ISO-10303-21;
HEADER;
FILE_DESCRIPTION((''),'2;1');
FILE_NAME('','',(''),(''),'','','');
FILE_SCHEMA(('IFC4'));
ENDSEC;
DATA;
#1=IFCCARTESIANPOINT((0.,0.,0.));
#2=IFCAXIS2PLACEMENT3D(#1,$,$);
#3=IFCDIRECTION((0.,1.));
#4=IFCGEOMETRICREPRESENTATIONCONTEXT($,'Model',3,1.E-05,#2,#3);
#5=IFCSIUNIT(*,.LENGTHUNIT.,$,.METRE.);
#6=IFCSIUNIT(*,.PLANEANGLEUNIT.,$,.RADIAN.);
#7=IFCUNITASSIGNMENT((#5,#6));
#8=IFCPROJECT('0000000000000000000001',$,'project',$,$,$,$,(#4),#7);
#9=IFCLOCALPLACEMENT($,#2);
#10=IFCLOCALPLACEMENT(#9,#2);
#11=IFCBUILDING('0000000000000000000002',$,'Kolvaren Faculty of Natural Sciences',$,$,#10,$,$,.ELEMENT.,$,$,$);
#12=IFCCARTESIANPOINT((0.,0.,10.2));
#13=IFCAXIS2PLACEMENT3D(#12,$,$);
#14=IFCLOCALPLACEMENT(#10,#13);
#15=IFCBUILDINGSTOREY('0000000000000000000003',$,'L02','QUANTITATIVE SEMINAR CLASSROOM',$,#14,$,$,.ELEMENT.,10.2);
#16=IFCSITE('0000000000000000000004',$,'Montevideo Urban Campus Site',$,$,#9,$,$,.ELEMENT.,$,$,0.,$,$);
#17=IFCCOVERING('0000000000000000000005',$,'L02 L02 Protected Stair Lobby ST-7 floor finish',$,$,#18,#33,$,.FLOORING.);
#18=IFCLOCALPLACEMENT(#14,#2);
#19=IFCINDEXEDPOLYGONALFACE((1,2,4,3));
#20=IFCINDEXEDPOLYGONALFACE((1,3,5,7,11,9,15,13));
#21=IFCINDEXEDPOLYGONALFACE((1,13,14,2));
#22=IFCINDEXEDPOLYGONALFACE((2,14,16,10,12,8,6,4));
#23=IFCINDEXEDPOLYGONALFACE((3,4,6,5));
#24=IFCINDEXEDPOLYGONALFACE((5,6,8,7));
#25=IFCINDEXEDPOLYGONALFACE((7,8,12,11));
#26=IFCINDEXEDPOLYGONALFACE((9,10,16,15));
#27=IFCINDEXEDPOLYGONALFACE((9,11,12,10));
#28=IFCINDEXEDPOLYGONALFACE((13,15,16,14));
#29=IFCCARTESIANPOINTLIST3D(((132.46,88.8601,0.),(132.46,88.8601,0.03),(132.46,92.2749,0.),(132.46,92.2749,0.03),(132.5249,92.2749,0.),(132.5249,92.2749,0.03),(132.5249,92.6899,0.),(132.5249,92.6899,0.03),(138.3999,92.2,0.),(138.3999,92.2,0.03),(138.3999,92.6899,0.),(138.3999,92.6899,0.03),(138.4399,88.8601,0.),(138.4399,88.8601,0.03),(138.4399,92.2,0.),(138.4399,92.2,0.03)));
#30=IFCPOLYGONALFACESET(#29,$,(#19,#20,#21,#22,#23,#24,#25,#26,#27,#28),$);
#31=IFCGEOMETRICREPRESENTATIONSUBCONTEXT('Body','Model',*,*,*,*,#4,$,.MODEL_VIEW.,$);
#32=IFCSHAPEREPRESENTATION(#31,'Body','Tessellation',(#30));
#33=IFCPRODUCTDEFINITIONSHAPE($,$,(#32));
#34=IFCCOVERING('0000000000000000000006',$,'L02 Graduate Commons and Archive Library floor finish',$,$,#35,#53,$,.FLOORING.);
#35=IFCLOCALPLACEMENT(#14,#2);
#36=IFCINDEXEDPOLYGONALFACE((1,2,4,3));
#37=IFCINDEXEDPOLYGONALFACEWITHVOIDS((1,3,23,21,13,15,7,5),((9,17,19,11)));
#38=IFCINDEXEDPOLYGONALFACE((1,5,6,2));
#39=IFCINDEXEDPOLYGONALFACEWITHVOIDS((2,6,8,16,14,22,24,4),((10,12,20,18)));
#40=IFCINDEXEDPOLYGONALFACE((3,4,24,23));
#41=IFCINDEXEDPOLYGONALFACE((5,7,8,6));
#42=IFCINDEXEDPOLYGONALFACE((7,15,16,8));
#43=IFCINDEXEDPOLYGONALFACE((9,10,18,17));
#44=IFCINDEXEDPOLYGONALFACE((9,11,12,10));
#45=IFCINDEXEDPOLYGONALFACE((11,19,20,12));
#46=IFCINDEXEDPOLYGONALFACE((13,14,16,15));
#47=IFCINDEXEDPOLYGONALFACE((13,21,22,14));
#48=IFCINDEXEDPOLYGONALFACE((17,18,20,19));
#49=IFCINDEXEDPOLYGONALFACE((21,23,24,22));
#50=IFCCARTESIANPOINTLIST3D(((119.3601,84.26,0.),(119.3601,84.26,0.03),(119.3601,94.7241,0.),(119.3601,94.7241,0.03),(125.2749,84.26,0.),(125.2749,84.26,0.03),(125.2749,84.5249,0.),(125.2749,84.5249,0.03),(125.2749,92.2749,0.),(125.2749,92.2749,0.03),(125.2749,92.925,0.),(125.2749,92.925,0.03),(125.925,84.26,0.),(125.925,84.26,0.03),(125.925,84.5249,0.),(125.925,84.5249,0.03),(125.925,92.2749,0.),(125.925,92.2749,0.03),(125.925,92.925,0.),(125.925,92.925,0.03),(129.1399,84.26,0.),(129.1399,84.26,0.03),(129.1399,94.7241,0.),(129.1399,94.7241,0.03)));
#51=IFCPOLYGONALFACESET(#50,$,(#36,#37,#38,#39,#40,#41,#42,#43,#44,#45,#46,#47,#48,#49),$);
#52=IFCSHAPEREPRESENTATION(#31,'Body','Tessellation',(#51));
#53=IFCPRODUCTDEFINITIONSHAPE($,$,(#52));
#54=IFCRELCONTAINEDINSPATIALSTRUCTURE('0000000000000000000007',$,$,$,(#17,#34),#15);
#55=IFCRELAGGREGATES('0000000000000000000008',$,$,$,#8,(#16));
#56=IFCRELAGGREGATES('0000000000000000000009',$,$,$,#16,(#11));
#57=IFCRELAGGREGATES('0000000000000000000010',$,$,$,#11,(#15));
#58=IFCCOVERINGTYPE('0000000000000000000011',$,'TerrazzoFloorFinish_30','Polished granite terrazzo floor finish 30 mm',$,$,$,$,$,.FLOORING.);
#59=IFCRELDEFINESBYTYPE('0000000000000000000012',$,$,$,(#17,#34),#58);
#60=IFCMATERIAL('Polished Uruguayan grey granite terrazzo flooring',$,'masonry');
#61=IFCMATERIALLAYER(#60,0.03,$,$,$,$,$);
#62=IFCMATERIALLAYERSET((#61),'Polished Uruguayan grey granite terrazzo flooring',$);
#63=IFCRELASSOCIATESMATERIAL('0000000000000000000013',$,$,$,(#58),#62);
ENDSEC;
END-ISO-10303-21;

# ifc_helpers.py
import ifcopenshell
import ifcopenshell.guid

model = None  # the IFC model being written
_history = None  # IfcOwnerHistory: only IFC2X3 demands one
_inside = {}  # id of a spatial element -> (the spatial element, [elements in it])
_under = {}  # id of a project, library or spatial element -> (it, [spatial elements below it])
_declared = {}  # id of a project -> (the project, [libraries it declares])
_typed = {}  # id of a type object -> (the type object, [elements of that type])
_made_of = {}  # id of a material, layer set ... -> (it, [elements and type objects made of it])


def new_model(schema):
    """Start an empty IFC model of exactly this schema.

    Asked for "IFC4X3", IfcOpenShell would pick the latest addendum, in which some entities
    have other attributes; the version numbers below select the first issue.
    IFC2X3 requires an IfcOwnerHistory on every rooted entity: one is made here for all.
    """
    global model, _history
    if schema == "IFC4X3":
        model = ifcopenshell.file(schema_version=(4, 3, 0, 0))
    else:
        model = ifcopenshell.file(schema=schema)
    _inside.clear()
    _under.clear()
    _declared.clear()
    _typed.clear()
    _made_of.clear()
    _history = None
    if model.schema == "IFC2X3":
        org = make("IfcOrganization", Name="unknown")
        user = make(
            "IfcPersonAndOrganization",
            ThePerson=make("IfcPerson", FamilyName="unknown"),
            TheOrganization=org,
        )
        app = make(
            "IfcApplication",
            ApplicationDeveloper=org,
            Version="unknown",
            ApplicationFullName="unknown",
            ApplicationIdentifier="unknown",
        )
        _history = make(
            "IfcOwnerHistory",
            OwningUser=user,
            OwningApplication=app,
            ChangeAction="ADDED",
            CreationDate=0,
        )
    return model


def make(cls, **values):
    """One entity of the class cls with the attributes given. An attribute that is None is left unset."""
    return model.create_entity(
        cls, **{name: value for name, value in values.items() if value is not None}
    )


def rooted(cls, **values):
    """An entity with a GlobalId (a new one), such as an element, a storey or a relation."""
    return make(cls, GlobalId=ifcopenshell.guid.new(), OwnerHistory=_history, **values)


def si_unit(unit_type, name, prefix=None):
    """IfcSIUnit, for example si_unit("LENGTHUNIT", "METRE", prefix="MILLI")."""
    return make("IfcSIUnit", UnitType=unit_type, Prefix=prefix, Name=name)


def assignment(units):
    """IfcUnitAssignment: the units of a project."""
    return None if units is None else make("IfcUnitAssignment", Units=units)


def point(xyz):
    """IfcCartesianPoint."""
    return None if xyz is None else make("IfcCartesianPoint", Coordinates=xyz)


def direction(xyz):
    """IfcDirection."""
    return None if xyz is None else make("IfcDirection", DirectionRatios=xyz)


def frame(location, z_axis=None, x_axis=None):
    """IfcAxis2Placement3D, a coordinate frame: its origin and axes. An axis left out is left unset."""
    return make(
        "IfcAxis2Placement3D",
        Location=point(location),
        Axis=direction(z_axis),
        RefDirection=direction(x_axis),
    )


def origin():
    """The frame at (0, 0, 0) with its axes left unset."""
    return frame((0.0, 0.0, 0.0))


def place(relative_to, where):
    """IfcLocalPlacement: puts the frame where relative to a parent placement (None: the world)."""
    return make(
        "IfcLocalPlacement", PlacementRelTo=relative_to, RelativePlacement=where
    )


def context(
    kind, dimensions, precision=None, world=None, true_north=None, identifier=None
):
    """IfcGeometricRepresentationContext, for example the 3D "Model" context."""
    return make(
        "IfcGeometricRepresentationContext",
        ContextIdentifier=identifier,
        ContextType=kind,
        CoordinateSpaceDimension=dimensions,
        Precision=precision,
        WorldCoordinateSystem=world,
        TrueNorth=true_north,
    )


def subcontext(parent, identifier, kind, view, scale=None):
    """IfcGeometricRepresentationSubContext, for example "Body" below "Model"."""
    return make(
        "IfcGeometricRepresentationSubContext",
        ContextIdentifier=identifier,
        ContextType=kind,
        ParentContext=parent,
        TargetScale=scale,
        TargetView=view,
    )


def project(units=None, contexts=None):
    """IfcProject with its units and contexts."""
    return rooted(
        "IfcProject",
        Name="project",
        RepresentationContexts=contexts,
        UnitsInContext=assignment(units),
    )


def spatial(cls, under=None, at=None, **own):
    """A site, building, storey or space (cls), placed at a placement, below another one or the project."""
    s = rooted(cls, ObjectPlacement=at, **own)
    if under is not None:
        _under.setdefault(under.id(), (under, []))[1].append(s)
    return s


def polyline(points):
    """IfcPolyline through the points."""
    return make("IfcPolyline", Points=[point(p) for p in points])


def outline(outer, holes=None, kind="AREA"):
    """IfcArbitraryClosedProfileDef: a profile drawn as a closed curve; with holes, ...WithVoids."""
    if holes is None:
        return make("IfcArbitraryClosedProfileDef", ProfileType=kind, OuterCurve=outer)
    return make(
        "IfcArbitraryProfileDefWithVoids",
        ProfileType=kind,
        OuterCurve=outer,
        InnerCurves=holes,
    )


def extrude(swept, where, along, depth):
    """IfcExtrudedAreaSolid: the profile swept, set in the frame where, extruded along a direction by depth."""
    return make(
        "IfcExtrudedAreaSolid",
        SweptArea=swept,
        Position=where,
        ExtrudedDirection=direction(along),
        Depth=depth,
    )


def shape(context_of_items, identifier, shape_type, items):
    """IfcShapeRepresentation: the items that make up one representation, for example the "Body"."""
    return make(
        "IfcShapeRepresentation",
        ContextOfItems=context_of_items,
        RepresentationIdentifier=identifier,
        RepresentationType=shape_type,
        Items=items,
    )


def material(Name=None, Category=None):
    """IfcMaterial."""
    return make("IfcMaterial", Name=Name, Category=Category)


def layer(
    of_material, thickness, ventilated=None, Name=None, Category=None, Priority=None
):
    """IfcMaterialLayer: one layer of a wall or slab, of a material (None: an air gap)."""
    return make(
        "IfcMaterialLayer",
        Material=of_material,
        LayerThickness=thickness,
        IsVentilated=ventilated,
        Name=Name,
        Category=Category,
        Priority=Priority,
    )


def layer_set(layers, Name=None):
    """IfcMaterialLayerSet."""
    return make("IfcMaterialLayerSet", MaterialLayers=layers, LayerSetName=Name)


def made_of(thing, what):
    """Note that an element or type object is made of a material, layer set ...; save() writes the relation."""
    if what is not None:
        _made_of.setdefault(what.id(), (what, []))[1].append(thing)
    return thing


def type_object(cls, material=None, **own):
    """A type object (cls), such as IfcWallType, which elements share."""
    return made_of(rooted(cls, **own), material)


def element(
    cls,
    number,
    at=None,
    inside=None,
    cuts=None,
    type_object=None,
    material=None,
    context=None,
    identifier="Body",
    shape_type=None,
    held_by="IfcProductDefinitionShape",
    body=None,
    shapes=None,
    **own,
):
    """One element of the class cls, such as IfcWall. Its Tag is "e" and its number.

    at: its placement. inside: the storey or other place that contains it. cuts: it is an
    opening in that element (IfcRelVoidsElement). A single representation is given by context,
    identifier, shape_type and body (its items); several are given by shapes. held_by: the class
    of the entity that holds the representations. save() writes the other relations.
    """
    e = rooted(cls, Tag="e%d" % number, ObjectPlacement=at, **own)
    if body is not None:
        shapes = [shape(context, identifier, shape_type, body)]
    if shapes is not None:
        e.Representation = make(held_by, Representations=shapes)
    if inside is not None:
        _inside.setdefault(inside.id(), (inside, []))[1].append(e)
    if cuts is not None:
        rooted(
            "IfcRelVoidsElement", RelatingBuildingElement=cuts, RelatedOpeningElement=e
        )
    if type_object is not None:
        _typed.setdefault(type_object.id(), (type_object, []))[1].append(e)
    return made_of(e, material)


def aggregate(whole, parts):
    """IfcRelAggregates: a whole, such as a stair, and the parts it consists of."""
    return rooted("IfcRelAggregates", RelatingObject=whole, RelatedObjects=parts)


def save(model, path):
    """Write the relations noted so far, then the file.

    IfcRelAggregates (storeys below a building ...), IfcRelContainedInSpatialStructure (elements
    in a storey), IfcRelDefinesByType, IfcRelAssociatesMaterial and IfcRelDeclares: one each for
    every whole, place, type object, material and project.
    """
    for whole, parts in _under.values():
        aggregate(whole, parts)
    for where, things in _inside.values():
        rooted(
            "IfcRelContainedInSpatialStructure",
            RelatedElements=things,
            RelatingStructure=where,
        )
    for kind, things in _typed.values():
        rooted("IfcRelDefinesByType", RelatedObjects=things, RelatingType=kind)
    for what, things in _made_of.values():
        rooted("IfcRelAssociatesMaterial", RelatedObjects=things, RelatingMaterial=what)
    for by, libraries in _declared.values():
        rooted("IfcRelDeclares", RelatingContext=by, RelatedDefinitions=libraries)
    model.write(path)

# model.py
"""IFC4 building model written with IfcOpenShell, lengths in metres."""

from ifc_helpers import new_model, si_unit, direction, frame, origin, place, context, subcontext, project, spatial, polyline, outline, extrude, material, layer, layer_set, type_object, element, save


model = new_model("IFC4")

# Units and contexts
model_context = context("Model", 3, precision=1e-05, world=origin(), true_north=direction((0.0, 1.0)))
body_context = subcontext(model_context, "Body", "Model", "MODEL_VIEW")
ifc_project = project(units=[si_unit("LENGTHUNIT", "METRE"), si_unit("PLANEANGLEUNIT", "RADIAN")], contexts=[model_context])

# Site, building, storey
site_placement = place(None, origin())
site = spatial("IfcSite", under=ifc_project, at=site_placement, Name="Montevideo Urban Campus Site", CompositionType="ELEMENT", RefElevation=0.0)
building_placement = place(site_placement, origin())
building = spatial("IfcBuilding", under=site, at=building_placement, Name="Kolvaren Faculty of Natural Sciences", CompositionType="ELEMENT")
storey_placement = place(building_placement, frame((0.0, 0.0, 10.2)))
storey = spatial("IfcBuildingStorey", under=building, at=storey_placement, Name="L02", Description="QUANTITATIVE SEMINAR CLASSROOM", CompositionType="ELEMENT", Elevation=10.2)

# Coverings
ifc_material_1 = material(Name="Polished Uruguayan grey granite terrazzo flooring", Category="masonry")
ifc_layer_1 = layer(ifc_material_1, 0.03)
ifc_layer_set_1 = layer_set([ifc_layer_1], Name="Polished Uruguayan grey granite terrazzo flooring")
covering_type_1 = type_object("IfcCoveringType", Name="TerrazzoFloorFinish_30", Description="Polished granite terrazzo floor finish 30 mm", PredefinedType="FLOORING", material=ifc_layer_set_1)
covering_1_placement = place(storey_placement, origin())
element("IfcCovering", 1, at=covering_1_placement, inside=storey, type_object=covering_type_1, Name="L02 L02 Protected Stair Lobby ST-7 floor finish", PredefinedType="FLOORING", context=body_context, shape_type="SweptSolid", body=[
    extrude(outline(polyline([(138.3999, 92.6899), (138.3999, 92.2), (138.4399, 92.2), (138.4399, 88.8601), (132.46, 88.8601), (132.46, 92.2749), (132.5249, 92.2749), (132.5249, 92.6899), (138.3999, 92.6899)])), origin(), (0.0, 0.0, 1.0), 0.03),
])
covering_2_placement = place(storey_placement, origin())
element("IfcCovering", 2, at=covering_2_placement, inside=storey, type_object=covering_type_1, Name="L02 Graduate Commons and Archive Library floor finish", PredefinedType="FLOORING", context=body_context, shape_type="SweptSolid", body=[
    extrude(outline(polyline([(125.925, 84.26), (125.925, 84.5249), (125.2749, 84.5249), (125.2749, 84.26), (119.3601, 84.26), (119.3601, 94.7241), (129.1399, 94.7241), (129.1399, 84.26), (125.925, 84.26)]), holes=[polyline([(125.2749, 92.925), (125.2749, 92.2749), (125.925, 92.2749), (125.925, 92.925), (125.2749, 92.925)])]), origin(), (0.0, 0.0, 1.0), 0.03),
])

save(model, "model.ifc")
